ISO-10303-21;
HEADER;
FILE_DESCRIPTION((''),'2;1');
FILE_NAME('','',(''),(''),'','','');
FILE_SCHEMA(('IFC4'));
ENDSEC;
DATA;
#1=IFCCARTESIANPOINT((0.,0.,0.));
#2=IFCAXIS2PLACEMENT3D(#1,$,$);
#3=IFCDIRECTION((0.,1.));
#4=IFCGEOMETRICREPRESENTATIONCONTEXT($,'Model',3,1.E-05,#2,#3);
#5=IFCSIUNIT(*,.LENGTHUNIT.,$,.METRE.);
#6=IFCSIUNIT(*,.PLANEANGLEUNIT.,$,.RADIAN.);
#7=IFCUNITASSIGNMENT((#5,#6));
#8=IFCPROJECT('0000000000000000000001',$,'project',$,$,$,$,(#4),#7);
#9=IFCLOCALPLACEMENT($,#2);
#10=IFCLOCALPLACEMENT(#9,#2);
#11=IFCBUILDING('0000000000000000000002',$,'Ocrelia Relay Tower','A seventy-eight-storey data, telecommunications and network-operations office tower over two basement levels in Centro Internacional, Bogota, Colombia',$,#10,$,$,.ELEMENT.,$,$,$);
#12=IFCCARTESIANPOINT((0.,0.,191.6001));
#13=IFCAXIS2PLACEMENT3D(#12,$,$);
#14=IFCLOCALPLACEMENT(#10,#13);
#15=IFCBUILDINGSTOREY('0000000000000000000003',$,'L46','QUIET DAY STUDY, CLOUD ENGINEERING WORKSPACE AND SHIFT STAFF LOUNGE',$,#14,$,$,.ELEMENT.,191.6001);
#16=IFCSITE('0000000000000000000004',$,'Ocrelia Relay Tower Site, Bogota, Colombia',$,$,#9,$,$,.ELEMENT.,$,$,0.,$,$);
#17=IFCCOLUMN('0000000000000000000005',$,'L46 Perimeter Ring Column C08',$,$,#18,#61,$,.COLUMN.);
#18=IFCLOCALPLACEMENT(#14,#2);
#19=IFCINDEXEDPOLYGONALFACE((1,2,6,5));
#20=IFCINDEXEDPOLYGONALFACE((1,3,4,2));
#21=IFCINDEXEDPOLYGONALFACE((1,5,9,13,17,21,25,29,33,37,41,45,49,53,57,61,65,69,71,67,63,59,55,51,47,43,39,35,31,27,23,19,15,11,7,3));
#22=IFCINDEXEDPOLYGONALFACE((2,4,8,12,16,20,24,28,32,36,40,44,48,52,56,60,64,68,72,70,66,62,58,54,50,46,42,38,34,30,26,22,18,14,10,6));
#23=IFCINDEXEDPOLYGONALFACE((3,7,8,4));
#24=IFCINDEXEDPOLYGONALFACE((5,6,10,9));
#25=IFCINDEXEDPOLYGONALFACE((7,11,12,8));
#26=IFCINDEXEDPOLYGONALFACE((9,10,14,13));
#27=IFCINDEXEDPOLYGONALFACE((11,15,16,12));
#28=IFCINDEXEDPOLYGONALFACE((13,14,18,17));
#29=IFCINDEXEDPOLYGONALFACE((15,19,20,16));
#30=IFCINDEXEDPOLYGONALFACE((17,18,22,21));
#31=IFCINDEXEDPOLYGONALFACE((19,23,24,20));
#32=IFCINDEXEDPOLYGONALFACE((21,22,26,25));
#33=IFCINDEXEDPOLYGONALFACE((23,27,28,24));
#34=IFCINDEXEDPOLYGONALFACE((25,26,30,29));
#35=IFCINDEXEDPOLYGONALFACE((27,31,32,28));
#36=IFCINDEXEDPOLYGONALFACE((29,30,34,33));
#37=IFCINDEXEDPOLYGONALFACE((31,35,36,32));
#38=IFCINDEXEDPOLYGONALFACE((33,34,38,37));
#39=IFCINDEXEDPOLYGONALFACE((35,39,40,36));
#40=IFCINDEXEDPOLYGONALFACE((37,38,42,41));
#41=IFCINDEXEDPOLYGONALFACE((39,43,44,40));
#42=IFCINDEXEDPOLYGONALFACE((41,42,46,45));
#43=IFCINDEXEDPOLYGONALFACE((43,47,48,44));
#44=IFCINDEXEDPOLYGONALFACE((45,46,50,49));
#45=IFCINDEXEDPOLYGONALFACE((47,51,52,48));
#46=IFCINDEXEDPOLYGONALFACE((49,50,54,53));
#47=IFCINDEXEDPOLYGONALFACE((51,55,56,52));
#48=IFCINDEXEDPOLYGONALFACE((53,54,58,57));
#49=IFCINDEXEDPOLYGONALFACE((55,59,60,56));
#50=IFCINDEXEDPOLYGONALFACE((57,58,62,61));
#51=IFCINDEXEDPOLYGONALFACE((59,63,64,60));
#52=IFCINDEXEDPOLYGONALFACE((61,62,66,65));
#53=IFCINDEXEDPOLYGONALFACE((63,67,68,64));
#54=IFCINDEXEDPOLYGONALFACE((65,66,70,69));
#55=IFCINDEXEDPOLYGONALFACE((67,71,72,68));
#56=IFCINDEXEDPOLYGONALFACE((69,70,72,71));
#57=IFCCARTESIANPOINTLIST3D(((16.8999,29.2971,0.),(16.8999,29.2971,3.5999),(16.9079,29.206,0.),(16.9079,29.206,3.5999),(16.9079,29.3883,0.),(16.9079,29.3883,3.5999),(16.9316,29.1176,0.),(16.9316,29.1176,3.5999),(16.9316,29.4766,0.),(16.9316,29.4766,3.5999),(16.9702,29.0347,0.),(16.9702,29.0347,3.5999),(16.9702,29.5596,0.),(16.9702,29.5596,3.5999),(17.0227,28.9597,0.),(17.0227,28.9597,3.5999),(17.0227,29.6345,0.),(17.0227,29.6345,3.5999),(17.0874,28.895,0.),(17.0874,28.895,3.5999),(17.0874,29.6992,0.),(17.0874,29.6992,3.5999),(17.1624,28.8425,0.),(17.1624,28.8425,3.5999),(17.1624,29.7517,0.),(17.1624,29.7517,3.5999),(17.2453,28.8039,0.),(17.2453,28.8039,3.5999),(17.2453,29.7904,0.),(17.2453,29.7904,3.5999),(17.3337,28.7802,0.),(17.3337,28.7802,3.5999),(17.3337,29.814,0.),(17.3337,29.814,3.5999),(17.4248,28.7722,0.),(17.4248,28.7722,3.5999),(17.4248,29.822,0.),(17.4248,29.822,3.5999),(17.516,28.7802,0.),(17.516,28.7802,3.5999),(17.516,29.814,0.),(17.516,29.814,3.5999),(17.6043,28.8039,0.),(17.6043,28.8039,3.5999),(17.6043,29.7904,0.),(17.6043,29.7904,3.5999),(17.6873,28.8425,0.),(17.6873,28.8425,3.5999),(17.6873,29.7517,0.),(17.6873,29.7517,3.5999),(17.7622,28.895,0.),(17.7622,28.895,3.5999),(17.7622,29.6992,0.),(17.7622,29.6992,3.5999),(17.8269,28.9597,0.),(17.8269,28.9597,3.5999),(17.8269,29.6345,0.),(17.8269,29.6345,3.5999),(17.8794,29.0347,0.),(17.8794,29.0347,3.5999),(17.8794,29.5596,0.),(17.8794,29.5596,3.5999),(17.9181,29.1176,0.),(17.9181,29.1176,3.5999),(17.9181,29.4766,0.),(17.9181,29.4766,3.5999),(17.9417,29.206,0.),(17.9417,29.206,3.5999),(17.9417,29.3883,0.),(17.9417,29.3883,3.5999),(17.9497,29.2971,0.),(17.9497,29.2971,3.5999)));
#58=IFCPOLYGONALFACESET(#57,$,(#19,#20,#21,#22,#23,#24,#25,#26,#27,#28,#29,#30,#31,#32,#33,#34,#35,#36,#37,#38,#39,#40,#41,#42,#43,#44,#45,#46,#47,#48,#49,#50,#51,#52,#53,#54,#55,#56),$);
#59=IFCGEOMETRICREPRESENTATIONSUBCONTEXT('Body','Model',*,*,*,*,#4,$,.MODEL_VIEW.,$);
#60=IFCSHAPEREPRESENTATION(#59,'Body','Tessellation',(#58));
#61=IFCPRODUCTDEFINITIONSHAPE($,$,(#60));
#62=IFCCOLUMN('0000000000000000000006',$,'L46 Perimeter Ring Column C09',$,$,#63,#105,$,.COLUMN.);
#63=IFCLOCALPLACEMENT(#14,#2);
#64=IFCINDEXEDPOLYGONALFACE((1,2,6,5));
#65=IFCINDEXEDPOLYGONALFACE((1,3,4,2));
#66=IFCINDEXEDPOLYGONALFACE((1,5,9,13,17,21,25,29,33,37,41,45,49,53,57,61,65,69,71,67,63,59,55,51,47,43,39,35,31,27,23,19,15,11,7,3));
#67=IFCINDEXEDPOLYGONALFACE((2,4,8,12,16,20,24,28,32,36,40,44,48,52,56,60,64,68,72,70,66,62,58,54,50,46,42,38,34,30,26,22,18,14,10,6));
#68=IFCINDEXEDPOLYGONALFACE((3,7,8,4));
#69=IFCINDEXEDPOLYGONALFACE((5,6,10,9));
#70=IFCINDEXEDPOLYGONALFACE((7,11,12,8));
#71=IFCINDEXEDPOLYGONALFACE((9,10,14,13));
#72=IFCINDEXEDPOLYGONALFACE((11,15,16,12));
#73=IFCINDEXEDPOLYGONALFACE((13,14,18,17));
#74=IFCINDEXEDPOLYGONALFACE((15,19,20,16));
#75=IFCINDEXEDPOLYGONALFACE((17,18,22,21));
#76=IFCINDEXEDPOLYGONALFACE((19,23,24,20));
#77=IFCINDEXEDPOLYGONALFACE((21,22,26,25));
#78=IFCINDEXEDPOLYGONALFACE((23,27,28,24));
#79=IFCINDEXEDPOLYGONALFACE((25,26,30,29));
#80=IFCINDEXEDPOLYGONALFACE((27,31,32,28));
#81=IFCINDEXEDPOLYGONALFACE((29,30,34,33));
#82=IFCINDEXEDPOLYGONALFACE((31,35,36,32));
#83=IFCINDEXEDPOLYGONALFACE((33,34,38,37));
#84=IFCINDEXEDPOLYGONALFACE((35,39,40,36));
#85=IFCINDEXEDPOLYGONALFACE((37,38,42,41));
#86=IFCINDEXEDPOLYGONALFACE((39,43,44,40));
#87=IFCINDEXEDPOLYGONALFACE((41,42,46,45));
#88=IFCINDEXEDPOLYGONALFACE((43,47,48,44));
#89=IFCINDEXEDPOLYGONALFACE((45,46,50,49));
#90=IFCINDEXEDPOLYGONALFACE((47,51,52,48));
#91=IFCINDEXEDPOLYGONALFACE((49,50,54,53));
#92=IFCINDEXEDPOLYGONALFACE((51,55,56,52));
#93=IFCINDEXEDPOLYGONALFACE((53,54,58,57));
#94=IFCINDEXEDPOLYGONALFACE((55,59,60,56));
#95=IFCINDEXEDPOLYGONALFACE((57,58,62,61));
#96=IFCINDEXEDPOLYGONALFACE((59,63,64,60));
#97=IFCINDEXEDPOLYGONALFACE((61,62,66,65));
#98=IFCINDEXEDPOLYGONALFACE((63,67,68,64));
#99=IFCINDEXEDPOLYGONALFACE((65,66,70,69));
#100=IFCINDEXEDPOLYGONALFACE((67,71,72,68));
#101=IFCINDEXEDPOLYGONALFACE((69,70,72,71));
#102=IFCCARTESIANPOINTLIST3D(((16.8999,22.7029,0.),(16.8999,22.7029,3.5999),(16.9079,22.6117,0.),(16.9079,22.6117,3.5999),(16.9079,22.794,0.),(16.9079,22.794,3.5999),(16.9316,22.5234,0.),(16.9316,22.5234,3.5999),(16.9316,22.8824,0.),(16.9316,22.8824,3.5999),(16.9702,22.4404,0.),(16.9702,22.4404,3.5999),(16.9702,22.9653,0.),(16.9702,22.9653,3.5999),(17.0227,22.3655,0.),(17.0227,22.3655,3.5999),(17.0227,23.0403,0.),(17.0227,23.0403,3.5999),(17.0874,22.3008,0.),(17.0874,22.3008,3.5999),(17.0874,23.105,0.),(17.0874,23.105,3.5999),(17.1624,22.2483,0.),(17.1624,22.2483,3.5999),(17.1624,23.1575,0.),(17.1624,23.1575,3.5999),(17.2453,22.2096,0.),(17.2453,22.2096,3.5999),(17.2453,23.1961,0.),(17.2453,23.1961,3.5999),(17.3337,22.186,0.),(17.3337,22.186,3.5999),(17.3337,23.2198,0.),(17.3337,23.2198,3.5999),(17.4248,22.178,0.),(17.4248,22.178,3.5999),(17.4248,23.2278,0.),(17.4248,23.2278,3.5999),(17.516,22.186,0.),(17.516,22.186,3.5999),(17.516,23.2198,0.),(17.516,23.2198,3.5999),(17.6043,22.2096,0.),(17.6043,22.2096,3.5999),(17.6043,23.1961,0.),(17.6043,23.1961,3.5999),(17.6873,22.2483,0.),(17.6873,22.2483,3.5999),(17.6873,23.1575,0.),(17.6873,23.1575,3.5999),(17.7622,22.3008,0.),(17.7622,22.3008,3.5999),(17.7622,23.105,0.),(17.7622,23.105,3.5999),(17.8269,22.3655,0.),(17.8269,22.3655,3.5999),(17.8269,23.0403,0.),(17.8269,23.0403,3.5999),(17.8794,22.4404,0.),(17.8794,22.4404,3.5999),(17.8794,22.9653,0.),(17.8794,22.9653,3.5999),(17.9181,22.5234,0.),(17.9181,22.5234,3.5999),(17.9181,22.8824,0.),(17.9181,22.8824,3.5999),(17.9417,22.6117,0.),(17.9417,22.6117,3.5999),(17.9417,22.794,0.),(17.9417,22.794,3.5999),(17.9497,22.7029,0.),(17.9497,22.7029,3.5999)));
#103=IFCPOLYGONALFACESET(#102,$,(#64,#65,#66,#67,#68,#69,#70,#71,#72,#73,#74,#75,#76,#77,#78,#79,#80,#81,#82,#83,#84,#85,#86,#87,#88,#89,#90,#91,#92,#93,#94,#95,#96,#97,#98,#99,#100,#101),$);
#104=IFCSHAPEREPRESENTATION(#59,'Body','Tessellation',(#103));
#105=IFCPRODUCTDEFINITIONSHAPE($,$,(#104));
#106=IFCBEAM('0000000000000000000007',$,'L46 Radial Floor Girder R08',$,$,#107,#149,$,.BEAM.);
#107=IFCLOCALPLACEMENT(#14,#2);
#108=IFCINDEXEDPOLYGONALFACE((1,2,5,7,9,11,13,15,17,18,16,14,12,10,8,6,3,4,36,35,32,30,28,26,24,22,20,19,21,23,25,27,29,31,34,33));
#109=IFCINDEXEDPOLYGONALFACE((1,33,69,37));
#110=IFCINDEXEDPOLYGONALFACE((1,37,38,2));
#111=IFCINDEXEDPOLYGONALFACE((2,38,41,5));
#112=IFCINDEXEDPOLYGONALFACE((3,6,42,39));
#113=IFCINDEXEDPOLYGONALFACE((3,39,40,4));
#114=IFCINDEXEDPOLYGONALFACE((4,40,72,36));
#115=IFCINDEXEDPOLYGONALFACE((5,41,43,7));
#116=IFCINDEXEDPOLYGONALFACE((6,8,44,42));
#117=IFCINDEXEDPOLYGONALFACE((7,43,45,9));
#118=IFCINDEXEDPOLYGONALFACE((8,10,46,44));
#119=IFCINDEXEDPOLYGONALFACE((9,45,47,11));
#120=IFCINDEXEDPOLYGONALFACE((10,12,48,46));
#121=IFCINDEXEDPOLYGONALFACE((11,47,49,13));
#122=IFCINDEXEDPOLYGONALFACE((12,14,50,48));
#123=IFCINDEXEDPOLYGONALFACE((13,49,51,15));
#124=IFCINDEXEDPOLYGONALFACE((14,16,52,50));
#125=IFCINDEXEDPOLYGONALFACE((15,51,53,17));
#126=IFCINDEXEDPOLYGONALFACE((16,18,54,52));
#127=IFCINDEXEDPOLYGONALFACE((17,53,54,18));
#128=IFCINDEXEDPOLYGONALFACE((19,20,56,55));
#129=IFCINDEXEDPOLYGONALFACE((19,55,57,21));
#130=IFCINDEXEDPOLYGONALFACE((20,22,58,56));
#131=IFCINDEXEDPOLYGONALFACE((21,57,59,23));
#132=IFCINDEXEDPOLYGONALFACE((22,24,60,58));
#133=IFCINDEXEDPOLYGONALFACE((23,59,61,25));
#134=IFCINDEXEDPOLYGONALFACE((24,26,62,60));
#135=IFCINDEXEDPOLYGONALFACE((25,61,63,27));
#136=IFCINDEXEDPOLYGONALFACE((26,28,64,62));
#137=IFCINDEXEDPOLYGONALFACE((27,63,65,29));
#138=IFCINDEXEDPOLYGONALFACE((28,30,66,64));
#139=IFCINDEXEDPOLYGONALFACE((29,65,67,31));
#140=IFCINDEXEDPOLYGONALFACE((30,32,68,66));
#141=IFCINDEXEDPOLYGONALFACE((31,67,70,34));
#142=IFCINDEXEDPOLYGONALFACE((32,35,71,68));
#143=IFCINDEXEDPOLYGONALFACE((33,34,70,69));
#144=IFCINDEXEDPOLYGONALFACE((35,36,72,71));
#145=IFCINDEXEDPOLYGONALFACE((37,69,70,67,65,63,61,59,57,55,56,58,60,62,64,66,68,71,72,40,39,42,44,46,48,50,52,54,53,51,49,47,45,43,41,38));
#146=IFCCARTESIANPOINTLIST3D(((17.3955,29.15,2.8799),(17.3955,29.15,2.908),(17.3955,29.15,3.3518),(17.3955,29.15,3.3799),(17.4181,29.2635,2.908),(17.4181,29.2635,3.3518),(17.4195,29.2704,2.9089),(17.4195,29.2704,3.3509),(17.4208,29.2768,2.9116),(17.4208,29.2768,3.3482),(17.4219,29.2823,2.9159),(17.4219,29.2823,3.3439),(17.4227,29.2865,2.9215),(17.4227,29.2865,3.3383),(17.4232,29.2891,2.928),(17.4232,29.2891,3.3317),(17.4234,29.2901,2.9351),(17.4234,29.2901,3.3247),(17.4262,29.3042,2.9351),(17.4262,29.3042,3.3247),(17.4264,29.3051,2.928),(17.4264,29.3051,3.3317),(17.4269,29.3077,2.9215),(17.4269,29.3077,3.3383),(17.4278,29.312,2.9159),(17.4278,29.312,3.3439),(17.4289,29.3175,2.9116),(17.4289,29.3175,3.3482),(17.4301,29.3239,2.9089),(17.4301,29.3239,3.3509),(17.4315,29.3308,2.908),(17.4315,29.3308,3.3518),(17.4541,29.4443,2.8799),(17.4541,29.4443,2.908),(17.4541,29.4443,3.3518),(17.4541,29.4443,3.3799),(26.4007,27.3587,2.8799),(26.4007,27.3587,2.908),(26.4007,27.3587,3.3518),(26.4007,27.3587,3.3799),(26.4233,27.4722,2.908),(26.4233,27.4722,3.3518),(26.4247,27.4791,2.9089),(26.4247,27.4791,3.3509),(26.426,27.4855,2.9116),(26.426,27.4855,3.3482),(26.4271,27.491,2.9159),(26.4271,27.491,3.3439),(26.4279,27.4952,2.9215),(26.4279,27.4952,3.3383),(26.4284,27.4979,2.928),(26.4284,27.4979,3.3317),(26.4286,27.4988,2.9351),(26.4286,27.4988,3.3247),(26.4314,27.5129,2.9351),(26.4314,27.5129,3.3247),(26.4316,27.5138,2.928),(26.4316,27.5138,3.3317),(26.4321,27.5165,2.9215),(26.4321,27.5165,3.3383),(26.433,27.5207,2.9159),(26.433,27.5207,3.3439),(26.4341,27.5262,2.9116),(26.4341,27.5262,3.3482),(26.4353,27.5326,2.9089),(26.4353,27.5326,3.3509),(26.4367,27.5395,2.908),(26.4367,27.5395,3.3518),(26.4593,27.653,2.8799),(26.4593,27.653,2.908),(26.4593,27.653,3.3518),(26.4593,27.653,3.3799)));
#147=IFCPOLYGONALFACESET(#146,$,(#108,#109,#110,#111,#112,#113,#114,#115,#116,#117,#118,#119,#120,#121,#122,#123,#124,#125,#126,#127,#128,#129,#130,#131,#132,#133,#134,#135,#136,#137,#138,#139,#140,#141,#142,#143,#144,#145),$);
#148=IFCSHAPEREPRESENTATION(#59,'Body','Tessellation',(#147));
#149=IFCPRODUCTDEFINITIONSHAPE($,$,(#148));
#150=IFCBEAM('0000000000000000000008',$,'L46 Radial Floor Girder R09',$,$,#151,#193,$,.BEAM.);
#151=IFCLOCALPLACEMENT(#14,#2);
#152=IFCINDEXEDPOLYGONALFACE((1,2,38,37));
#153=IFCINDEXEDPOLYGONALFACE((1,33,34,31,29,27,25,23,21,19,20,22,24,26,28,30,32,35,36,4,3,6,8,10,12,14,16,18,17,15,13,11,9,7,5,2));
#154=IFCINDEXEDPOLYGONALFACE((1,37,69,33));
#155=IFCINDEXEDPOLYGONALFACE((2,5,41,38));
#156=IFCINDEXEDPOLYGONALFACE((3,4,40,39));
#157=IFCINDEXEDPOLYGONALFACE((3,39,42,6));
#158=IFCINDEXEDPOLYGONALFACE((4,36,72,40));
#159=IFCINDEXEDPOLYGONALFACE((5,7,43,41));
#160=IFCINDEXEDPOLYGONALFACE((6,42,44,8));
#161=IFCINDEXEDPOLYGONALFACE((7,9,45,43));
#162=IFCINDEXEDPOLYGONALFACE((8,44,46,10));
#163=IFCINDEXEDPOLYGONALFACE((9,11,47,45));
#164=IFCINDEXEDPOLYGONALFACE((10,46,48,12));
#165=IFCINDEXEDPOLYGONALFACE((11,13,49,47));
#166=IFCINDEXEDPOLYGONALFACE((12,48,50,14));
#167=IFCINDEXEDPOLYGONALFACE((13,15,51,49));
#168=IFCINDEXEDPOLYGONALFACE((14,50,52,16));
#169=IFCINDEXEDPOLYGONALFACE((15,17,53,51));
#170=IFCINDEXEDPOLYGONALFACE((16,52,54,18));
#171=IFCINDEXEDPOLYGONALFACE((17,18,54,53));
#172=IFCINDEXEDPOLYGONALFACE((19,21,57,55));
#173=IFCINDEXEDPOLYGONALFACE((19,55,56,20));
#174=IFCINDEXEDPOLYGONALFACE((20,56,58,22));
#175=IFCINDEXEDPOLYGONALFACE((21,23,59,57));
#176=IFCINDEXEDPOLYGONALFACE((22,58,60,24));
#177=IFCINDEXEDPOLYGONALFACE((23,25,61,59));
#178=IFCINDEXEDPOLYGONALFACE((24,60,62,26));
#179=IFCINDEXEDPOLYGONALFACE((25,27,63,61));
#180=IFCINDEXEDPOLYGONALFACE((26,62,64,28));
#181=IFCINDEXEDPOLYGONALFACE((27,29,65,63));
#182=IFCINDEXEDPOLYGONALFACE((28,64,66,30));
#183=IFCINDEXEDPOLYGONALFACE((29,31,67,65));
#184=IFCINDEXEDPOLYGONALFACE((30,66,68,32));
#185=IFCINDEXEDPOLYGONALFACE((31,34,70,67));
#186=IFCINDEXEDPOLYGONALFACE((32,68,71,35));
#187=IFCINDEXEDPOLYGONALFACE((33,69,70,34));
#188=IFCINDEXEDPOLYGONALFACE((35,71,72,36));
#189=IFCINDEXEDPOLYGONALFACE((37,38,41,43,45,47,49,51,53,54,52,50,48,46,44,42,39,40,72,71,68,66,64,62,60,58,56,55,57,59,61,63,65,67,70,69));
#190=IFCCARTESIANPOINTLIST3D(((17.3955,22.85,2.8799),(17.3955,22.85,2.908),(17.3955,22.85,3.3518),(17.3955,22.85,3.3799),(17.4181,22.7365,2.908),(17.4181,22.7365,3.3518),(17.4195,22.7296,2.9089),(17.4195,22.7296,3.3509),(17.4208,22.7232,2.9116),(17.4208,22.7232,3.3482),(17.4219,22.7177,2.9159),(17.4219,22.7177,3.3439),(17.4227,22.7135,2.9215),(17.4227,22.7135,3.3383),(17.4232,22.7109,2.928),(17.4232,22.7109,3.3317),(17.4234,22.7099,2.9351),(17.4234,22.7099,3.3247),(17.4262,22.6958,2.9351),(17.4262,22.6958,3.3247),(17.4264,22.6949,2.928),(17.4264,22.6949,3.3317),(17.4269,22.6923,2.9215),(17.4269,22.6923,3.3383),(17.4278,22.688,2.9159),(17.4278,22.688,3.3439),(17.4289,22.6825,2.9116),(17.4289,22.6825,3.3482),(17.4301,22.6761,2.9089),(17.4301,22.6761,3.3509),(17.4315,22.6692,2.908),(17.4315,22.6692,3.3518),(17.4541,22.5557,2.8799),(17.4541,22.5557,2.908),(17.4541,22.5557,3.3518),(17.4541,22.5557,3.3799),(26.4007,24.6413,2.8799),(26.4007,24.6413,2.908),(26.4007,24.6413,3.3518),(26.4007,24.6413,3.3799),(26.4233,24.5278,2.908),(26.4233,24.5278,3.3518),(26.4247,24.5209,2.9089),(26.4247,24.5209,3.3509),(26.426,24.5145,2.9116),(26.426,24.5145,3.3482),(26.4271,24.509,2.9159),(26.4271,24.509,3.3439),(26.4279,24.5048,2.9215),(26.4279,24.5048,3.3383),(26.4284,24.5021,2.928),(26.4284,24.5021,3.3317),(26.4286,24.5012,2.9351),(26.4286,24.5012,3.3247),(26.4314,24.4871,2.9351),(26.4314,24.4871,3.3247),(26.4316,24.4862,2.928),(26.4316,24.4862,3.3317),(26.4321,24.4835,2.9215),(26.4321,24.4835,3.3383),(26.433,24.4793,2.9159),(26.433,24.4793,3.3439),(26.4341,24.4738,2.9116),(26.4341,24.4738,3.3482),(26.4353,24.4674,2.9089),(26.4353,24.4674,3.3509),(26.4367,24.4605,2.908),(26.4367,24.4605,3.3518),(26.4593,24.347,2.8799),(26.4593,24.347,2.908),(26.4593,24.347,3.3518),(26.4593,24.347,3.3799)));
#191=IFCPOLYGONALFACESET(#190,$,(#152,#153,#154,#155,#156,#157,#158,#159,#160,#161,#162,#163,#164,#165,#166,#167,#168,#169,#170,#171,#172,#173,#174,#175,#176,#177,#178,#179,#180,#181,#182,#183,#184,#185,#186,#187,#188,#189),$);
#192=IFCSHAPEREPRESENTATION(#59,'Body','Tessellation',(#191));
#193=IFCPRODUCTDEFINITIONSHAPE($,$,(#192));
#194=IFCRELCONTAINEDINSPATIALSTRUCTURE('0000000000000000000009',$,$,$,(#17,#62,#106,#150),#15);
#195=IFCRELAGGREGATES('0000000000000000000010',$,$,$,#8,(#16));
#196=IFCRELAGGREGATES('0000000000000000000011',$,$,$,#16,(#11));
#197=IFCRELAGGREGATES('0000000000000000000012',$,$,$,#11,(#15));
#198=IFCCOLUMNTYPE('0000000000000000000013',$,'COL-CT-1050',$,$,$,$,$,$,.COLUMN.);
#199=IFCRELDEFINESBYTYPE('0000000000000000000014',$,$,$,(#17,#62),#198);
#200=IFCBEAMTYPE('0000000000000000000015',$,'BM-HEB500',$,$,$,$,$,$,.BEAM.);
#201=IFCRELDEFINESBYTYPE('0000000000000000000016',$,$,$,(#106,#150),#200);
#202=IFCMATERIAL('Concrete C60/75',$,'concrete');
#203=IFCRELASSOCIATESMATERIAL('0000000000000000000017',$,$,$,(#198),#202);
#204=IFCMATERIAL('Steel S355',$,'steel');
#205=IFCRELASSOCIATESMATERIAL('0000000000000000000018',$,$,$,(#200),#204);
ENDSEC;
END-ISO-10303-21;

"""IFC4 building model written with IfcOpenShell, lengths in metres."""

from ifc_helpers import new_model, si_unit, direction, frame, origin, origin_2d, place, context, subcontext, project, spatial, circle, i_section, extrude, material, material_profile, profile_set, type_object, element, save


model = new_model("IFC4")

# Units and contexts
model_context = context("Model", 3, precision=1e-05, world=origin(), true_north=direction((0.0, 1.0)))
body_context = subcontext(model_context, "Body", "Model", "MODEL_VIEW")
ifc_project = project(units=[si_unit("LENGTHUNIT", "METRE"), si_unit("PLANEANGLEUNIT", "RADIAN")], contexts=[model_context])

# Site, building, storey
site_placement = place(None, origin())
site = spatial("IfcSite", under=ifc_project, at=site_placement, Name="Ocrelia Relay Tower Site, Bogota, Colombia", CompositionType="ELEMENT", RefElevation=0.0)
building_placement = place(site_placement, origin())
building = spatial("IfcBuilding", under=site, at=building_placement, Name="Ocrelia Relay Tower", Description="A seventy-eight-storey data, telecommunications and network-operations office tower over two basement levels in Centro Internacional, Bogota, Colombia", CompositionType="ELEMENT")
storey_placement = place(building_placement, frame((0.0, 0.0, 191.6001)))
storey = spatial("IfcBuildingStorey", under=building, at=storey_placement, Name="L46", Description="QUIET DAY STUDY, CLOUD ENGINEERING WORKSPACE AND SHIFT STAFF LOUNGE", CompositionType="ELEMENT", Elevation=191.6001)

# Columns
ifc_material_1 = material(Name="Concrete C60/75", Category="concrete")
ifc_material_profile_1 = material_profile(ifc_material_1, circle(Radius=0.5249, at=origin_2d()), Name="RC-CIR-1050")
ifc_profile_set_1 = profile_set([ifc_material_profile_1], Name="Concrete C60/75")
column_type = type_object("IfcColumnType", Name="COL-CT-1050", PredefinedType="COLUMN", material=ifc_profile_set_1)
for number, where, z_axis, x_axis, name in (
    (1, (17.4248, 29.2971, 0.0), (0.0, 0.0, 1.0), (1.0, 0.0, 0.0), "L46 Perimeter Ring Column C08"),
    (2, (17.4248, 22.7029, 0.0), (0.0, 0.0, 1.0), (1.0, 0.0, 0.0), "L46 Perimeter Ring Column C09"),
):
    element("IfcColumn", number, at=place(storey_placement, frame(where, z_axis=z_axis, x_axis=x_axis)), inside=storey, type_object=column_type, Name=name, PredefinedType="COLUMN", context=body_context, shape_type="SweptSolid", body=[
        extrude(circle(Radius=0.5249, at=origin_2d()), origin(), (0.0, 0.0, 1.0), 3.5999),
    ])

# Beams
ifc_material_2 = material(Name="Steel S355", Category="steel")
ifc_material_profile_2 = material_profile(ifc_material_2, i_section(OverallWidth=0.3, OverallDepth=0.5, WebThickness=0.0144, FlangeThickness=0.0281, FilletRadius=0.0271, at=origin_2d()), Name="HEB 500")
ifc_profile_set_2 = profile_set([ifc_material_profile_2], Name="Steel S355")
beam_type_1 = type_object("IfcBeamType", Name="BM-HEB500", PredefinedType="BEAM", material=ifc_profile_set_2)
for number, where, z_axis, x_axis, name in (
    (3, (17.4248, 29.2971, 3.1299), (0.980785, -0.195093, 0.0), (0.195093, 0.980785, 0.0), "L46 Radial Floor Girder R08"),
    (4, (17.4248, 22.7029, 3.1299), (0.980785, 0.195093, 0.0), (-0.195093, 0.980785, 0.0), "L46 Radial Floor Girder R09"),
):
    element("IfcBeam", number, at=place(storey_placement, frame(where, z_axis=z_axis, x_axis=x_axis)), inside=storey, type_object=beam_type_1, Name=name, PredefinedType="BEAM", context=body_context, shape_type="SweptSolid", body=[
        extrude(i_section(OverallWidth=0.3, OverallDepth=0.5, WebThickness=0.0144, FlangeThickness=0.0281, FilletRadius=0.0271, at=origin_2d()), origin(), (0.0, 0.0, 1.0), 9.1816),
    ])

save(model, "model.ifc")
